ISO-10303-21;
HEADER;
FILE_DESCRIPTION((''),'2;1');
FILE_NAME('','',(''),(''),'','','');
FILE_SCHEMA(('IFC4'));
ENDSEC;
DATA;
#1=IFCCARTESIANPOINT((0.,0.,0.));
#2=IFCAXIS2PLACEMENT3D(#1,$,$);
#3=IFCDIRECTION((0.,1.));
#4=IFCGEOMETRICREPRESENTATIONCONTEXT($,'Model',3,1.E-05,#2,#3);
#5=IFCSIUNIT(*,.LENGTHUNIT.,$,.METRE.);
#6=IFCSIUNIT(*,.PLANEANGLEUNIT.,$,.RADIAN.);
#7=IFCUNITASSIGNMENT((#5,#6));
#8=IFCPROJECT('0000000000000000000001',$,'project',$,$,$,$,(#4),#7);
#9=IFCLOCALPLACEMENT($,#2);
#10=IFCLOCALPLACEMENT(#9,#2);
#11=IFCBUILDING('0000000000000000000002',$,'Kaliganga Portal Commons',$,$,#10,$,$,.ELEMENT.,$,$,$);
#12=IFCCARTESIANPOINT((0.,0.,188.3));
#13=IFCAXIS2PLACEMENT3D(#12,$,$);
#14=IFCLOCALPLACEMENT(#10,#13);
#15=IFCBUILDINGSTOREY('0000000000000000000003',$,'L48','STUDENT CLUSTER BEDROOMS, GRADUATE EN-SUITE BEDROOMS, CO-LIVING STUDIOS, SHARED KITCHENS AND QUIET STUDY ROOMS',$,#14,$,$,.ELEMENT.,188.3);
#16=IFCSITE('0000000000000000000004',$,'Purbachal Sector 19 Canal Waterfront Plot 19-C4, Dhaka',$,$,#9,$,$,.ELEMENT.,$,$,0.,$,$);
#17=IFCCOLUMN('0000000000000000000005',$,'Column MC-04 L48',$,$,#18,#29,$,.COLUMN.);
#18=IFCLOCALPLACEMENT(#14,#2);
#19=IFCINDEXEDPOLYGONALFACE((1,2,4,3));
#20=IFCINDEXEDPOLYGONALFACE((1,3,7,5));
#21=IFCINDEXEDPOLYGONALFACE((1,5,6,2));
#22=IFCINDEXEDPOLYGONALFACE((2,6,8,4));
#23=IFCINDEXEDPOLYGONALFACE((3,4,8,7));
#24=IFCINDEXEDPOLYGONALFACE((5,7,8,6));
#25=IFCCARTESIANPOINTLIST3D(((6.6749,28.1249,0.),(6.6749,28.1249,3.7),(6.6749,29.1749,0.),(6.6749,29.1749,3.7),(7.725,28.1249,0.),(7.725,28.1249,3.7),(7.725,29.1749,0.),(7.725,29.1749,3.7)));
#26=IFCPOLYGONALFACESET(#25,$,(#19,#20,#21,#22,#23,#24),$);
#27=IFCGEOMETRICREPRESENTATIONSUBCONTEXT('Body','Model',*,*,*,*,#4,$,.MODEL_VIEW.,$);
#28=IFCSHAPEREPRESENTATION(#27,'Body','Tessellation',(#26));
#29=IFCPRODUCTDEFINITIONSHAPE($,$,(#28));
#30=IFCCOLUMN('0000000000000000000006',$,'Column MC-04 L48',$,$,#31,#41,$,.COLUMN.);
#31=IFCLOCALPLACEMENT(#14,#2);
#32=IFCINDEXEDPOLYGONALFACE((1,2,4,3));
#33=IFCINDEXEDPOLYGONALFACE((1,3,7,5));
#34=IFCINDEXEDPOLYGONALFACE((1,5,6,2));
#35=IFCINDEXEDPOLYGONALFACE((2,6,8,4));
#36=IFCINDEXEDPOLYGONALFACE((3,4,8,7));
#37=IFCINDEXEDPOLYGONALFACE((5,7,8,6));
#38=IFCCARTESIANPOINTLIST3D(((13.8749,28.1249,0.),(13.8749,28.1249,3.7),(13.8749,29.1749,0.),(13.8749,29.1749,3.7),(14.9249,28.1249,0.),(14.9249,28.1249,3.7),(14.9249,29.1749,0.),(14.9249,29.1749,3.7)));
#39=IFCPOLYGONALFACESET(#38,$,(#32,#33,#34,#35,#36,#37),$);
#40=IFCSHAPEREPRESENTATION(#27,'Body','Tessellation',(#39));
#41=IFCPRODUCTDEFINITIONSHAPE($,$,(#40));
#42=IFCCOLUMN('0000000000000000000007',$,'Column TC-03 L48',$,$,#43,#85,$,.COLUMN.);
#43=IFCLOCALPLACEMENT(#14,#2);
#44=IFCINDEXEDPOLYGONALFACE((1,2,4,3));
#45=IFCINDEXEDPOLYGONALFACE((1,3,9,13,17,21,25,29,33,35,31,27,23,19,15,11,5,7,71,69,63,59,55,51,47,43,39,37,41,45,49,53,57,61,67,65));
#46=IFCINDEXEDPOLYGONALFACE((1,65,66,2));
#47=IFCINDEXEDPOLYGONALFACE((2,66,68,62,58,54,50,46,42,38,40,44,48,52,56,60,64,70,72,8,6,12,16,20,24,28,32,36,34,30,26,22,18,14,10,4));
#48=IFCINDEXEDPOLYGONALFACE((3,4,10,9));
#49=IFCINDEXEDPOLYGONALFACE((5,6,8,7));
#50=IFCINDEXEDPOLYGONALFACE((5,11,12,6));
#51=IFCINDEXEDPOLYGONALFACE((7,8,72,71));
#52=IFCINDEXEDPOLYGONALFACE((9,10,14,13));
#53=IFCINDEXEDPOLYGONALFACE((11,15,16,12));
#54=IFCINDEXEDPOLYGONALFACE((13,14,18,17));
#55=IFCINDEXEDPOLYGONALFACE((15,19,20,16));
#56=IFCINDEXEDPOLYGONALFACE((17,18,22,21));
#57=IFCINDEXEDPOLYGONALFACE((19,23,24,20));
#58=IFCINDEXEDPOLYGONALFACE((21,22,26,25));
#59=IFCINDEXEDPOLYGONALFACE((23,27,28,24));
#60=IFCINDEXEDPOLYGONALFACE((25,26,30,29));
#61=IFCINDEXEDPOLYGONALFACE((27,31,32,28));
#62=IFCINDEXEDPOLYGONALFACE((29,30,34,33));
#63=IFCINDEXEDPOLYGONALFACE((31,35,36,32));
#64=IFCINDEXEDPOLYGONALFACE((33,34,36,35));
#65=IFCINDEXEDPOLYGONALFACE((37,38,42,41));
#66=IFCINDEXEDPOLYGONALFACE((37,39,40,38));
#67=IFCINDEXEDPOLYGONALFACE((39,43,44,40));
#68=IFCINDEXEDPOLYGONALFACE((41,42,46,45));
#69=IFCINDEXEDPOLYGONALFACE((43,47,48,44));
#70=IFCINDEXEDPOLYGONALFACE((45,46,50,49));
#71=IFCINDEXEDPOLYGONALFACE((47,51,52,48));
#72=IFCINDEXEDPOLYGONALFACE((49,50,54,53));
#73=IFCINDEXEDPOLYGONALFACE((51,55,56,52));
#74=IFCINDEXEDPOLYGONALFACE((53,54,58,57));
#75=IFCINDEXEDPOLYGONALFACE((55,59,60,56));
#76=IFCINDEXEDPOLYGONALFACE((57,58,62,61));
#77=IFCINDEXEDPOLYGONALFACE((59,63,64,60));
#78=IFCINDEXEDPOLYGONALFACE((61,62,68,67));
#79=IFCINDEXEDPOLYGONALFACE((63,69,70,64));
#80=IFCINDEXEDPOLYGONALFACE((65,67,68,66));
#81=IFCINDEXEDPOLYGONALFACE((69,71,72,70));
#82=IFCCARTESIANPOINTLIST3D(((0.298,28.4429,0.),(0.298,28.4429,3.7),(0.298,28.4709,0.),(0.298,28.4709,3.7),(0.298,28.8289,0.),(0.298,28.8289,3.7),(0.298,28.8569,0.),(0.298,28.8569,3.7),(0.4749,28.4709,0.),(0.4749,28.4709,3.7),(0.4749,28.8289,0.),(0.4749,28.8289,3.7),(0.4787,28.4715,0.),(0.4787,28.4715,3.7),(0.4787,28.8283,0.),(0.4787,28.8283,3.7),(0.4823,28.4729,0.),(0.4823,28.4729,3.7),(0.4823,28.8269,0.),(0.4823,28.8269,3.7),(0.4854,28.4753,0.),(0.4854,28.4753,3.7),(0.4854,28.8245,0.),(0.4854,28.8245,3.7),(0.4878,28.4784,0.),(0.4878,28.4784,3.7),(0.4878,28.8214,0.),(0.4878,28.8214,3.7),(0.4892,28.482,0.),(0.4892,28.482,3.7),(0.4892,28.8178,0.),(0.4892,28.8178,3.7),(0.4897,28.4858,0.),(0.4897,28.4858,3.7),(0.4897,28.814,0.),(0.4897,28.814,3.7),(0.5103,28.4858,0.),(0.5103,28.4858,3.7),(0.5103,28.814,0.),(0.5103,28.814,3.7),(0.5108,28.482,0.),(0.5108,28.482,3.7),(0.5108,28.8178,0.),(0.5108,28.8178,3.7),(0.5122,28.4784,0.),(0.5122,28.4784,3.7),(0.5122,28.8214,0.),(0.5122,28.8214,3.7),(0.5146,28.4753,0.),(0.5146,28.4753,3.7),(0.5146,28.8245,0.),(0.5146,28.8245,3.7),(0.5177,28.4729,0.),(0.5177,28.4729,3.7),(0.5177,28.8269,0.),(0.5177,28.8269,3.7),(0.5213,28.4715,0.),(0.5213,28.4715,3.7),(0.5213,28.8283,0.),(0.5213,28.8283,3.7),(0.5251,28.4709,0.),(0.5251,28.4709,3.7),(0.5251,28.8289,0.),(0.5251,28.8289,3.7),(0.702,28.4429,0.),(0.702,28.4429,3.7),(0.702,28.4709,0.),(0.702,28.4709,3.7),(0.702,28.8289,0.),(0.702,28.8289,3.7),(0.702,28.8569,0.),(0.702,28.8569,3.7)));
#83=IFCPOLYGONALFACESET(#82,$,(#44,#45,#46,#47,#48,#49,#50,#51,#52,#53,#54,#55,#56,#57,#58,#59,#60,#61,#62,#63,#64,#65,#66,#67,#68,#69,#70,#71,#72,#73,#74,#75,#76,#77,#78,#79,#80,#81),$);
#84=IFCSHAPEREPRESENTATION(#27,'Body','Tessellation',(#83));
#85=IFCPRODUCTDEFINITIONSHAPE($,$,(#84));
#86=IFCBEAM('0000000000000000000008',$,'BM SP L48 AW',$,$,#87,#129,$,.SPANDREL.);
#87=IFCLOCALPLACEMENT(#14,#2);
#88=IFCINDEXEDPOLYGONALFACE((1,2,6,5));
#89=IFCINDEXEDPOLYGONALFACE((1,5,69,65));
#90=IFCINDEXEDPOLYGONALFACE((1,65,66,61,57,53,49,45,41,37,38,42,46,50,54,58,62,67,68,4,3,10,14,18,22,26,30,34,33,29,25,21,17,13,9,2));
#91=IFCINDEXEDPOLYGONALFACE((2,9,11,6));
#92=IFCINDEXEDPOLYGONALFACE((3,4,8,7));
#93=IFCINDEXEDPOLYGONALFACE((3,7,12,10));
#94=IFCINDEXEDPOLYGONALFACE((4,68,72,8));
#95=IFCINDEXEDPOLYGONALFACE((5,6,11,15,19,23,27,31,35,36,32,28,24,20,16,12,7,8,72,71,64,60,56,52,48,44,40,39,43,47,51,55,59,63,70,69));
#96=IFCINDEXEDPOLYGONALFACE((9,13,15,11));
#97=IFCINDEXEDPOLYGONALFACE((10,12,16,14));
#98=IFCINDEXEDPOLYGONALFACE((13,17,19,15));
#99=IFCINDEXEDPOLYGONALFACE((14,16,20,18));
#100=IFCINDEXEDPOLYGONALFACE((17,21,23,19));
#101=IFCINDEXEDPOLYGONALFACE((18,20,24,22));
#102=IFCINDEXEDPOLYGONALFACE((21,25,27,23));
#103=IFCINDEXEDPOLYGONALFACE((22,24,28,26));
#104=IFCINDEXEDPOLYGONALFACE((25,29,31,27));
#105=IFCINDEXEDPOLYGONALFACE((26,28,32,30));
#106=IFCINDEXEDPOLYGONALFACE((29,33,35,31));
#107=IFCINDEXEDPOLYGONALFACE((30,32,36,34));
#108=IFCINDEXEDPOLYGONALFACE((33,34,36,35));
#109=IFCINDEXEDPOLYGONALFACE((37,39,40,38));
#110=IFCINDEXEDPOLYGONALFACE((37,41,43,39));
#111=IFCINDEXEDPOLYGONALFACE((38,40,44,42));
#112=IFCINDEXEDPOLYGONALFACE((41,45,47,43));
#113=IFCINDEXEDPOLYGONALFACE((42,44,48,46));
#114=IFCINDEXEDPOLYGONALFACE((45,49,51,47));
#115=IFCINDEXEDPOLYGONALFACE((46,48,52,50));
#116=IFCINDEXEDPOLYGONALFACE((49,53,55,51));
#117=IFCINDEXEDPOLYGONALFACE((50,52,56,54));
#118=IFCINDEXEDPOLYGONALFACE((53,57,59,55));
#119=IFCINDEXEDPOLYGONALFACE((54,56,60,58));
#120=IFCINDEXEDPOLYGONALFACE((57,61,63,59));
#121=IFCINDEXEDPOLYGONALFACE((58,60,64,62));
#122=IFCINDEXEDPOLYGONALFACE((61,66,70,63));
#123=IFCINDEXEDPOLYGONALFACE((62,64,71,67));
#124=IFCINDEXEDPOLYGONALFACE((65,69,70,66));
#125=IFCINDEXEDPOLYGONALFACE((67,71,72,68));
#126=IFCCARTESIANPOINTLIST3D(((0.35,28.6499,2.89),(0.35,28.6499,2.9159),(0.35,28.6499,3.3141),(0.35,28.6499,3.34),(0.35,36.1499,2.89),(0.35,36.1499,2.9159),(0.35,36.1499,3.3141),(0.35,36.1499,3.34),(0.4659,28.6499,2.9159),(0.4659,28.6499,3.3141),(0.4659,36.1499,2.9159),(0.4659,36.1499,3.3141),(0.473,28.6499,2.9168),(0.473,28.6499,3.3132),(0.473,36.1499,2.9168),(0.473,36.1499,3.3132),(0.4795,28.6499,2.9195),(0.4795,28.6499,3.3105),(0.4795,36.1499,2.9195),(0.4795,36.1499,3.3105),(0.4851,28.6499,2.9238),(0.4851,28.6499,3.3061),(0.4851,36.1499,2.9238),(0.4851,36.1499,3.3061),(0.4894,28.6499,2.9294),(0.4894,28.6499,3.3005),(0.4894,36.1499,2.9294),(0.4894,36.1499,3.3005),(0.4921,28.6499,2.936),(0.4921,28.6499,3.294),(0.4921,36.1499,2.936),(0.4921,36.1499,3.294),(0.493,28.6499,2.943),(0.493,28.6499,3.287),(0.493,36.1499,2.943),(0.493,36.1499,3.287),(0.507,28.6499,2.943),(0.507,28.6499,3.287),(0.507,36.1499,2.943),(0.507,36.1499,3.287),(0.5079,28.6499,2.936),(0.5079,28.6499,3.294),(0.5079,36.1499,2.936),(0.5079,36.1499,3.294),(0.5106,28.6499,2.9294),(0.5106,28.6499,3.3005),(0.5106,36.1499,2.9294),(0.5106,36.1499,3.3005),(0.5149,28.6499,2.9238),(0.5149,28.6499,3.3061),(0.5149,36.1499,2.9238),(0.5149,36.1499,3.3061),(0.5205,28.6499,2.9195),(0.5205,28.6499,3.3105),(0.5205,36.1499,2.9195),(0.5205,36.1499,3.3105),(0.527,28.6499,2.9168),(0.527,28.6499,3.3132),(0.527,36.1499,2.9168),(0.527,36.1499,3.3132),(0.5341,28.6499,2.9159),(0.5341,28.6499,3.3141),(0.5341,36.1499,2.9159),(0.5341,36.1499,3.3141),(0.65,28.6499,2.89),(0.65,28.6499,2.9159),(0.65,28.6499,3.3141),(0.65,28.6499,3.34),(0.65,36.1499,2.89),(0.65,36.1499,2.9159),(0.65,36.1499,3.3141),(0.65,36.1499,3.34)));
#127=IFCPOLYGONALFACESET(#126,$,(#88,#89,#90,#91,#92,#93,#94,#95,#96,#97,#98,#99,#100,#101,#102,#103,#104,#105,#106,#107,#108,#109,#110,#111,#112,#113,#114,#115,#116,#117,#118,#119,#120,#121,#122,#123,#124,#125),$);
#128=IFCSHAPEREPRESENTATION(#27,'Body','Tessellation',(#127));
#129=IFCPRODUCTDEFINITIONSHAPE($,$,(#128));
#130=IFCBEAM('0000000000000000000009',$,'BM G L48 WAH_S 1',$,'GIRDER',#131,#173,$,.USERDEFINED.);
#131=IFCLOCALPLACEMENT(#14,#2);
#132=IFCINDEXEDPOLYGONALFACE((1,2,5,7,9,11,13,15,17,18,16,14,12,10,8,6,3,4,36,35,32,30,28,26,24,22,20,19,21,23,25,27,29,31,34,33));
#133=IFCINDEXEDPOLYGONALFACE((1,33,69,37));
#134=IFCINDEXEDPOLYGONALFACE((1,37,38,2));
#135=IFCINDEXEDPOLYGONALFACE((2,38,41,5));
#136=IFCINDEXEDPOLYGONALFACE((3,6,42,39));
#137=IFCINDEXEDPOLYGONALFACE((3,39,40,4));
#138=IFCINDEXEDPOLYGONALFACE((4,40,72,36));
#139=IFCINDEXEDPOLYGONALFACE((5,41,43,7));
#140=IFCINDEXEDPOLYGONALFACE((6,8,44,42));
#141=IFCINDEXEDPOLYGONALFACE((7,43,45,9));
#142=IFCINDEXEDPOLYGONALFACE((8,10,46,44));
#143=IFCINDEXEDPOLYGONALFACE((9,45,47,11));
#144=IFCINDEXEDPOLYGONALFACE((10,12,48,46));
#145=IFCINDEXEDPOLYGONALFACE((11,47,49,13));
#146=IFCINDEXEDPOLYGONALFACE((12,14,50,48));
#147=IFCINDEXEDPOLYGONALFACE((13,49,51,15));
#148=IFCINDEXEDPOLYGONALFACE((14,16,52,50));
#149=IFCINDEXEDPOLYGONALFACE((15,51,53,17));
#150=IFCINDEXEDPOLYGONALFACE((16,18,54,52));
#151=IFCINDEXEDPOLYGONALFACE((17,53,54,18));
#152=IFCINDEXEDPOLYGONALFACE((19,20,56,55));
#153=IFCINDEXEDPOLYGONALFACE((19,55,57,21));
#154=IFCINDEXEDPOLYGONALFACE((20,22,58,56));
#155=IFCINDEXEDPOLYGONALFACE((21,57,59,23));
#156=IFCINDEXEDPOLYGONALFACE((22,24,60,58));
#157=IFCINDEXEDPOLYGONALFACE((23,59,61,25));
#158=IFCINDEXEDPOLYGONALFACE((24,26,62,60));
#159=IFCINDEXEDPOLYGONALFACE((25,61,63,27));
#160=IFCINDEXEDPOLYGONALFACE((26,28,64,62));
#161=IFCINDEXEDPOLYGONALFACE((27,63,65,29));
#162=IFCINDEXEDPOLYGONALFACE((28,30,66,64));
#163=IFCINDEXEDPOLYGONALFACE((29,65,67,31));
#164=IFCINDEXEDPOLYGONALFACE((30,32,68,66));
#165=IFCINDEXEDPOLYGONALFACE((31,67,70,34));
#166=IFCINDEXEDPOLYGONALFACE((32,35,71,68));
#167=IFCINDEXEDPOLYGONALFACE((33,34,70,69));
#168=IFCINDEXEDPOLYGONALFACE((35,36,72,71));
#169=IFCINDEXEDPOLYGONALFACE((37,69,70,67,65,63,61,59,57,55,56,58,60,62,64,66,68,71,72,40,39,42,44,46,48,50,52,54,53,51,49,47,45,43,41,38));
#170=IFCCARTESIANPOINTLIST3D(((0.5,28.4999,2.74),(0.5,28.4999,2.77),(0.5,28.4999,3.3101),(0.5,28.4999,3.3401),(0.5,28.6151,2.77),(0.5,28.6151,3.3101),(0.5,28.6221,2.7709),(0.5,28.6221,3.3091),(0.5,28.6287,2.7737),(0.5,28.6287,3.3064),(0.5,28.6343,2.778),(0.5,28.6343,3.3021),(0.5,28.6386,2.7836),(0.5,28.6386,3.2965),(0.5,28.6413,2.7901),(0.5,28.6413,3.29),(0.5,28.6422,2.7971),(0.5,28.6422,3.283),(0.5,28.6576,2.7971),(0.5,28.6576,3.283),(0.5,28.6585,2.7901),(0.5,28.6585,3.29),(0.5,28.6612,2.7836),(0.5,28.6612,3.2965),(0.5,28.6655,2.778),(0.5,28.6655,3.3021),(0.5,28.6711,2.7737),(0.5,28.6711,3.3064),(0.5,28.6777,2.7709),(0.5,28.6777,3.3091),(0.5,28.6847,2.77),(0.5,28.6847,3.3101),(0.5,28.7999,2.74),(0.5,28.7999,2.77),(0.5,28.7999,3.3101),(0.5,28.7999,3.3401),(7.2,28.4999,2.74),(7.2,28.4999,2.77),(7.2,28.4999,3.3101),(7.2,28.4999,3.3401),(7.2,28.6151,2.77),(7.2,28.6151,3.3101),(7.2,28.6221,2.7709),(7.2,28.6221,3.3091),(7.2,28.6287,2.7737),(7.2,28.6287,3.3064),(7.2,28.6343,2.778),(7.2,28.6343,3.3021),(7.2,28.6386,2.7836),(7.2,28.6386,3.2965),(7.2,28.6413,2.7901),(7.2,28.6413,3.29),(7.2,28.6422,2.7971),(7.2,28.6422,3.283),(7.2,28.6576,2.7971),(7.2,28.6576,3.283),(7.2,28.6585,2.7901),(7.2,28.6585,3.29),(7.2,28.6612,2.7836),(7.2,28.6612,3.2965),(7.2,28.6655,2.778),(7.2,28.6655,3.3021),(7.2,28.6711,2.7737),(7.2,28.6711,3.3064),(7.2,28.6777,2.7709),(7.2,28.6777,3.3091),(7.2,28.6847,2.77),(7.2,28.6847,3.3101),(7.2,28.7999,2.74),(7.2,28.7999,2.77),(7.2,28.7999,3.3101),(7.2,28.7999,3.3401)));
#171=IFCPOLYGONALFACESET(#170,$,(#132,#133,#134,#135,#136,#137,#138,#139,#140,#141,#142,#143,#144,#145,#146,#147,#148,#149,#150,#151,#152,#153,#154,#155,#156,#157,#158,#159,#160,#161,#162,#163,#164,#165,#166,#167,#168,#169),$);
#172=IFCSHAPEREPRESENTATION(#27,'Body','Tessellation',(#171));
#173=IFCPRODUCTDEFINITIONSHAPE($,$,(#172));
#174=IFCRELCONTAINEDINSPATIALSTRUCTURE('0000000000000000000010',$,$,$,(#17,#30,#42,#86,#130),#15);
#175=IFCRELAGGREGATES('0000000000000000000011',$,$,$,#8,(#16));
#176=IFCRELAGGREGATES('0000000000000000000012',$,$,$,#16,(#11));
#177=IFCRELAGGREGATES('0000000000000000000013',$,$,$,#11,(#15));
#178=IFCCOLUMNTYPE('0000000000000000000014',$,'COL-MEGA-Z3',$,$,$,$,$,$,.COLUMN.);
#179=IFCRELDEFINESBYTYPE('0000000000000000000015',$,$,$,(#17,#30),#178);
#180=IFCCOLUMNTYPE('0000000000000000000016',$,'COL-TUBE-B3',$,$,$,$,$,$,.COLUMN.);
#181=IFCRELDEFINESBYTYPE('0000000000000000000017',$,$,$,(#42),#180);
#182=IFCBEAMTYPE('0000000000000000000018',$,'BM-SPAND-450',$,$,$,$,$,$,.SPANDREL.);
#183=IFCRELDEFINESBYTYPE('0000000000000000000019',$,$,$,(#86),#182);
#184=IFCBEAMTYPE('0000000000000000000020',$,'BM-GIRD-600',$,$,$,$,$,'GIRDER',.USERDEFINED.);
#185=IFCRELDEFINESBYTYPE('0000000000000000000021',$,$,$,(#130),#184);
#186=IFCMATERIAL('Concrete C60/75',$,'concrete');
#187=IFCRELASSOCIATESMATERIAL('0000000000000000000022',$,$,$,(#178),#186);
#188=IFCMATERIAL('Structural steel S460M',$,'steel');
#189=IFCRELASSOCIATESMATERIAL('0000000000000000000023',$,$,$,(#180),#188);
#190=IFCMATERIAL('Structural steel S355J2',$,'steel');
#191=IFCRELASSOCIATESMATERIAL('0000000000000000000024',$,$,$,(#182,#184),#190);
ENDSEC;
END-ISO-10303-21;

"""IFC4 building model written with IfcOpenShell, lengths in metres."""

from ifc_helpers import new_model, si_unit, direction, frame, origin, origin_2d, place, context, subcontext, project, spatial, rectangle, i_section, extrude, source, transform, mapped, material, material_profile, profile_set, type_object, element, save


model = new_model("IFC4")

# Units and contexts
model_context = context("Model", 3, precision=1e-05, world=origin(), true_north=direction((0.0, 1.0)))
body_context = subcontext(model_context, "Body", "Model", "MODEL_VIEW")
ifc_project = project(units=[si_unit("LENGTHUNIT", "METRE"), si_unit("PLANEANGLEUNIT", "RADIAN")], contexts=[model_context])

# Site, building, storey
site_placement = place(None, origin())
site = spatial("IfcSite", under=ifc_project, at=site_placement, Name="Purbachal Sector 19 Canal Waterfront Plot 19-C4, Dhaka", CompositionType="ELEMENT", RefElevation=0.0)
building_placement = place(site_placement, origin())
building = spatial("IfcBuilding", under=site, at=building_placement, Name="Kaliganga Portal Commons", CompositionType="ELEMENT")
storey_placement = place(building_placement, frame((0.0, 0.0, 188.3)))
storey = spatial("IfcBuildingStorey", under=building, at=storey_placement, Name="L48", Description="STUDENT CLUSTER BEDROOMS, GRADUATE EN-SUITE BEDROOMS, CO-LIVING STUDIOS, SHARED KITCHENS AND QUIET STUDY ROOMS", CompositionType="ELEMENT", Elevation=188.3)

# Columns
ifc_material_1 = material(Name="Concrete C60/75", Category="concrete")
ifc_material_profile_1 = material_profile(ifc_material_1, rectangle(XDim=1.05, YDim=1.05, at=origin_2d()), Name="RC 1050x1050")
ifc_profile_set_1 = profile_set([ifc_material_profile_1], Name="Concrete C60/75")
column_type_1 = type_object("IfcColumnType", Name="COL-MEGA-Z3", PredefinedType="COLUMN", material=ifc_profile_set_1)
shared_shape_1 = source(origin(), body_context, "Body", "SweptSolid", [
    extrude(rectangle(XDim=1.05, YDim=1.05, at=origin_2d()), origin(), (0.0, 0.0, 1.0), 3.7),
])
for number, where, z_axis, x_axis, name in (
    (1, (7.2, 28.6499, 0.0), (0.0, 0.0, 1.0), (1.0, 0.0, 0.0), "Column MC-04 L48"),
    (2, (14.3999, 28.6499, 0.0), (0.0, 0.0, 1.0), (1.0, 0.0, 0.0), "Column MC-04 L48"),
):
    element("IfcColumn", number, at=place(storey_placement, frame(where, z_axis=z_axis, x_axis=x_axis)), inside=storey, type_object=column_type_1, Name=name, PredefinedType="COLUMN", context=body_context, shape_type="MappedRepresentation", body=[
        mapped(shared_shape_1, transform((0.0, 0.0, 0.0), x_axis=(1.0, 0.0, 0.0), y_axis=(0.0, 1.0, 0.0), z_axis=(0.0, 0.0, 1.0), scale=1.0)),
    ])
ifc_material_2 = material(Name="Structural steel S460M", Category="steel")
ifc_material_profile_2 = material_profile(ifc_material_2, i_section(OverallWidth=0.4041, OverallDepth=0.4141, WebThickness=0.0205, FlangeThickness=0.0281, FilletRadius=0.0149, at=origin_2d()), Name="HD 400x347")
ifc_profile_set_2 = profile_set([ifc_material_profile_2], Name="Structural steel S460M wide-flange")
column_type_2 = type_object("IfcColumnType", Name="COL-TUBE-B3", PredefinedType="COLUMN", material=ifc_profile_set_2)
shared_shape_2 = source(origin(), body_context, "Body", "SweptSolid", [
    extrude(i_section(OverallWidth=0.4041, OverallDepth=0.4141, WebThickness=0.0205, FlangeThickness=0.0281, FilletRadius=0.0149, at=origin_2d()), origin(), (0.0, 0.0, 1.0), 3.7),
])
column_placement = place(storey_placement, frame((0.5, 28.6499, 0.0), z_axis=(0.0, 0.0, 1.0), x_axis=(1.0, 0.0, 0.0)))
element("IfcColumn", 3, at=column_placement, inside=storey, type_object=column_type_2, Name="Column TC-03 L48", PredefinedType="COLUMN", context=body_context, shape_type="MappedRepresentation", body=[
    mapped(shared_shape_2, transform((0.0, 0.0, 0.0), x_axis=(1.0, 0.0, 0.0), y_axis=(0.0, 1.0, 0.0), z_axis=(0.0, 0.0, 1.0), scale=1.0)),
])

# Beams
ifc_material_3 = material(Name="Structural steel S355J2", Category="steel")
ifc_material_profile_3 = material_profile(ifc_material_3, i_section(OverallWidth=0.3, OverallDepth=0.45, WebThickness=0.0139, FlangeThickness=0.0259, FilletRadius=0.0271, at=origin_2d()), Name="HE 450 B")
ifc_profile_set_3 = profile_set([ifc_material_profile_3], Name="Structural steel S355J2 wide-flange")
beam_type_1 = type_object("IfcBeamType", Name="BM-SPAND-450", PredefinedType="SPANDREL", material=ifc_profile_set_3)
shared_shape_3 = source(origin(), body_context, "Body", "SweptSolid", [
    extrude(i_section(OverallWidth=0.3, OverallDepth=0.45, WebThickness=0.0139, FlangeThickness=0.0259, FilletRadius=0.0271, at=origin_2d()), origin(), (0.0, 0.0, 1.0), 7.5),
])
beam_1_placement = place(storey_placement, frame((0.5, 28.6499, 3.115), z_axis=(0.0, 1.0, 0.0), x_axis=(-1.0, 0.0, 0.0)))
element("IfcBeam", 4, at=beam_1_placement, inside=storey, type_object=beam_type_1, Name="BM SP L48 AW", PredefinedType="SPANDREL", context=body_context, shape_type="MappedRepresentation", body=[
    mapped(shared_shape_3, transform((0.0, 0.0, 0.0), x_axis=(1.0, 0.0, 0.0), y_axis=(0.0, 1.0, 0.0), z_axis=(0.0, 0.0, 1.0), scale=1.0)),
])
ifc_material_profile_4 = material_profile(ifc_material_3, i_section(OverallWidth=0.3, OverallDepth=0.6001, WebThickness=0.0154, FlangeThickness=0.03, FilletRadius=0.0271, at=origin_2d()), Name="HE 600 B")
ifc_profile_set_4 = profile_set([ifc_material_profile_4], Name="Structural steel S355J2 wide-flange")
beam_type_2 = type_object("IfcBeamType", Name="BM-GIRD-600", ElementType="GIRDER", PredefinedType="USERDEFINED", material=ifc_profile_set_4)
shared_shape_4 = source(origin(), body_context, "Body", "SweptSolid", [
    extrude(i_section(OverallWidth=0.3, OverallDepth=0.6001, WebThickness=0.0154, FlangeThickness=0.03, FilletRadius=0.0271, at=origin_2d()), origin(), (0.0, 0.0, 1.0), 6.7),
])
beam_2_placement = place(storey_placement, frame((0.5, 28.6499, 3.04), z_axis=(1.0, 0.0, 0.0), x_axis=(0.0, 1.0, 0.0)))
element("IfcBeam", 5, at=beam_2_placement, inside=storey, type_object=beam_type_2, Name="BM G L48 WAH_S 1", ObjectType="GIRDER", PredefinedType="USERDEFINED", context=body_context, shape_type="MappedRepresentation", body=[
    mapped(shared_shape_4, transform((0.0, 0.0, 0.0), x_axis=(1.0, 0.0, 0.0), y_axis=(0.0, 1.0, 0.0), z_axis=(0.0, 0.0, 1.0), scale=1.0)),
])

save(model, "model.ifc")
